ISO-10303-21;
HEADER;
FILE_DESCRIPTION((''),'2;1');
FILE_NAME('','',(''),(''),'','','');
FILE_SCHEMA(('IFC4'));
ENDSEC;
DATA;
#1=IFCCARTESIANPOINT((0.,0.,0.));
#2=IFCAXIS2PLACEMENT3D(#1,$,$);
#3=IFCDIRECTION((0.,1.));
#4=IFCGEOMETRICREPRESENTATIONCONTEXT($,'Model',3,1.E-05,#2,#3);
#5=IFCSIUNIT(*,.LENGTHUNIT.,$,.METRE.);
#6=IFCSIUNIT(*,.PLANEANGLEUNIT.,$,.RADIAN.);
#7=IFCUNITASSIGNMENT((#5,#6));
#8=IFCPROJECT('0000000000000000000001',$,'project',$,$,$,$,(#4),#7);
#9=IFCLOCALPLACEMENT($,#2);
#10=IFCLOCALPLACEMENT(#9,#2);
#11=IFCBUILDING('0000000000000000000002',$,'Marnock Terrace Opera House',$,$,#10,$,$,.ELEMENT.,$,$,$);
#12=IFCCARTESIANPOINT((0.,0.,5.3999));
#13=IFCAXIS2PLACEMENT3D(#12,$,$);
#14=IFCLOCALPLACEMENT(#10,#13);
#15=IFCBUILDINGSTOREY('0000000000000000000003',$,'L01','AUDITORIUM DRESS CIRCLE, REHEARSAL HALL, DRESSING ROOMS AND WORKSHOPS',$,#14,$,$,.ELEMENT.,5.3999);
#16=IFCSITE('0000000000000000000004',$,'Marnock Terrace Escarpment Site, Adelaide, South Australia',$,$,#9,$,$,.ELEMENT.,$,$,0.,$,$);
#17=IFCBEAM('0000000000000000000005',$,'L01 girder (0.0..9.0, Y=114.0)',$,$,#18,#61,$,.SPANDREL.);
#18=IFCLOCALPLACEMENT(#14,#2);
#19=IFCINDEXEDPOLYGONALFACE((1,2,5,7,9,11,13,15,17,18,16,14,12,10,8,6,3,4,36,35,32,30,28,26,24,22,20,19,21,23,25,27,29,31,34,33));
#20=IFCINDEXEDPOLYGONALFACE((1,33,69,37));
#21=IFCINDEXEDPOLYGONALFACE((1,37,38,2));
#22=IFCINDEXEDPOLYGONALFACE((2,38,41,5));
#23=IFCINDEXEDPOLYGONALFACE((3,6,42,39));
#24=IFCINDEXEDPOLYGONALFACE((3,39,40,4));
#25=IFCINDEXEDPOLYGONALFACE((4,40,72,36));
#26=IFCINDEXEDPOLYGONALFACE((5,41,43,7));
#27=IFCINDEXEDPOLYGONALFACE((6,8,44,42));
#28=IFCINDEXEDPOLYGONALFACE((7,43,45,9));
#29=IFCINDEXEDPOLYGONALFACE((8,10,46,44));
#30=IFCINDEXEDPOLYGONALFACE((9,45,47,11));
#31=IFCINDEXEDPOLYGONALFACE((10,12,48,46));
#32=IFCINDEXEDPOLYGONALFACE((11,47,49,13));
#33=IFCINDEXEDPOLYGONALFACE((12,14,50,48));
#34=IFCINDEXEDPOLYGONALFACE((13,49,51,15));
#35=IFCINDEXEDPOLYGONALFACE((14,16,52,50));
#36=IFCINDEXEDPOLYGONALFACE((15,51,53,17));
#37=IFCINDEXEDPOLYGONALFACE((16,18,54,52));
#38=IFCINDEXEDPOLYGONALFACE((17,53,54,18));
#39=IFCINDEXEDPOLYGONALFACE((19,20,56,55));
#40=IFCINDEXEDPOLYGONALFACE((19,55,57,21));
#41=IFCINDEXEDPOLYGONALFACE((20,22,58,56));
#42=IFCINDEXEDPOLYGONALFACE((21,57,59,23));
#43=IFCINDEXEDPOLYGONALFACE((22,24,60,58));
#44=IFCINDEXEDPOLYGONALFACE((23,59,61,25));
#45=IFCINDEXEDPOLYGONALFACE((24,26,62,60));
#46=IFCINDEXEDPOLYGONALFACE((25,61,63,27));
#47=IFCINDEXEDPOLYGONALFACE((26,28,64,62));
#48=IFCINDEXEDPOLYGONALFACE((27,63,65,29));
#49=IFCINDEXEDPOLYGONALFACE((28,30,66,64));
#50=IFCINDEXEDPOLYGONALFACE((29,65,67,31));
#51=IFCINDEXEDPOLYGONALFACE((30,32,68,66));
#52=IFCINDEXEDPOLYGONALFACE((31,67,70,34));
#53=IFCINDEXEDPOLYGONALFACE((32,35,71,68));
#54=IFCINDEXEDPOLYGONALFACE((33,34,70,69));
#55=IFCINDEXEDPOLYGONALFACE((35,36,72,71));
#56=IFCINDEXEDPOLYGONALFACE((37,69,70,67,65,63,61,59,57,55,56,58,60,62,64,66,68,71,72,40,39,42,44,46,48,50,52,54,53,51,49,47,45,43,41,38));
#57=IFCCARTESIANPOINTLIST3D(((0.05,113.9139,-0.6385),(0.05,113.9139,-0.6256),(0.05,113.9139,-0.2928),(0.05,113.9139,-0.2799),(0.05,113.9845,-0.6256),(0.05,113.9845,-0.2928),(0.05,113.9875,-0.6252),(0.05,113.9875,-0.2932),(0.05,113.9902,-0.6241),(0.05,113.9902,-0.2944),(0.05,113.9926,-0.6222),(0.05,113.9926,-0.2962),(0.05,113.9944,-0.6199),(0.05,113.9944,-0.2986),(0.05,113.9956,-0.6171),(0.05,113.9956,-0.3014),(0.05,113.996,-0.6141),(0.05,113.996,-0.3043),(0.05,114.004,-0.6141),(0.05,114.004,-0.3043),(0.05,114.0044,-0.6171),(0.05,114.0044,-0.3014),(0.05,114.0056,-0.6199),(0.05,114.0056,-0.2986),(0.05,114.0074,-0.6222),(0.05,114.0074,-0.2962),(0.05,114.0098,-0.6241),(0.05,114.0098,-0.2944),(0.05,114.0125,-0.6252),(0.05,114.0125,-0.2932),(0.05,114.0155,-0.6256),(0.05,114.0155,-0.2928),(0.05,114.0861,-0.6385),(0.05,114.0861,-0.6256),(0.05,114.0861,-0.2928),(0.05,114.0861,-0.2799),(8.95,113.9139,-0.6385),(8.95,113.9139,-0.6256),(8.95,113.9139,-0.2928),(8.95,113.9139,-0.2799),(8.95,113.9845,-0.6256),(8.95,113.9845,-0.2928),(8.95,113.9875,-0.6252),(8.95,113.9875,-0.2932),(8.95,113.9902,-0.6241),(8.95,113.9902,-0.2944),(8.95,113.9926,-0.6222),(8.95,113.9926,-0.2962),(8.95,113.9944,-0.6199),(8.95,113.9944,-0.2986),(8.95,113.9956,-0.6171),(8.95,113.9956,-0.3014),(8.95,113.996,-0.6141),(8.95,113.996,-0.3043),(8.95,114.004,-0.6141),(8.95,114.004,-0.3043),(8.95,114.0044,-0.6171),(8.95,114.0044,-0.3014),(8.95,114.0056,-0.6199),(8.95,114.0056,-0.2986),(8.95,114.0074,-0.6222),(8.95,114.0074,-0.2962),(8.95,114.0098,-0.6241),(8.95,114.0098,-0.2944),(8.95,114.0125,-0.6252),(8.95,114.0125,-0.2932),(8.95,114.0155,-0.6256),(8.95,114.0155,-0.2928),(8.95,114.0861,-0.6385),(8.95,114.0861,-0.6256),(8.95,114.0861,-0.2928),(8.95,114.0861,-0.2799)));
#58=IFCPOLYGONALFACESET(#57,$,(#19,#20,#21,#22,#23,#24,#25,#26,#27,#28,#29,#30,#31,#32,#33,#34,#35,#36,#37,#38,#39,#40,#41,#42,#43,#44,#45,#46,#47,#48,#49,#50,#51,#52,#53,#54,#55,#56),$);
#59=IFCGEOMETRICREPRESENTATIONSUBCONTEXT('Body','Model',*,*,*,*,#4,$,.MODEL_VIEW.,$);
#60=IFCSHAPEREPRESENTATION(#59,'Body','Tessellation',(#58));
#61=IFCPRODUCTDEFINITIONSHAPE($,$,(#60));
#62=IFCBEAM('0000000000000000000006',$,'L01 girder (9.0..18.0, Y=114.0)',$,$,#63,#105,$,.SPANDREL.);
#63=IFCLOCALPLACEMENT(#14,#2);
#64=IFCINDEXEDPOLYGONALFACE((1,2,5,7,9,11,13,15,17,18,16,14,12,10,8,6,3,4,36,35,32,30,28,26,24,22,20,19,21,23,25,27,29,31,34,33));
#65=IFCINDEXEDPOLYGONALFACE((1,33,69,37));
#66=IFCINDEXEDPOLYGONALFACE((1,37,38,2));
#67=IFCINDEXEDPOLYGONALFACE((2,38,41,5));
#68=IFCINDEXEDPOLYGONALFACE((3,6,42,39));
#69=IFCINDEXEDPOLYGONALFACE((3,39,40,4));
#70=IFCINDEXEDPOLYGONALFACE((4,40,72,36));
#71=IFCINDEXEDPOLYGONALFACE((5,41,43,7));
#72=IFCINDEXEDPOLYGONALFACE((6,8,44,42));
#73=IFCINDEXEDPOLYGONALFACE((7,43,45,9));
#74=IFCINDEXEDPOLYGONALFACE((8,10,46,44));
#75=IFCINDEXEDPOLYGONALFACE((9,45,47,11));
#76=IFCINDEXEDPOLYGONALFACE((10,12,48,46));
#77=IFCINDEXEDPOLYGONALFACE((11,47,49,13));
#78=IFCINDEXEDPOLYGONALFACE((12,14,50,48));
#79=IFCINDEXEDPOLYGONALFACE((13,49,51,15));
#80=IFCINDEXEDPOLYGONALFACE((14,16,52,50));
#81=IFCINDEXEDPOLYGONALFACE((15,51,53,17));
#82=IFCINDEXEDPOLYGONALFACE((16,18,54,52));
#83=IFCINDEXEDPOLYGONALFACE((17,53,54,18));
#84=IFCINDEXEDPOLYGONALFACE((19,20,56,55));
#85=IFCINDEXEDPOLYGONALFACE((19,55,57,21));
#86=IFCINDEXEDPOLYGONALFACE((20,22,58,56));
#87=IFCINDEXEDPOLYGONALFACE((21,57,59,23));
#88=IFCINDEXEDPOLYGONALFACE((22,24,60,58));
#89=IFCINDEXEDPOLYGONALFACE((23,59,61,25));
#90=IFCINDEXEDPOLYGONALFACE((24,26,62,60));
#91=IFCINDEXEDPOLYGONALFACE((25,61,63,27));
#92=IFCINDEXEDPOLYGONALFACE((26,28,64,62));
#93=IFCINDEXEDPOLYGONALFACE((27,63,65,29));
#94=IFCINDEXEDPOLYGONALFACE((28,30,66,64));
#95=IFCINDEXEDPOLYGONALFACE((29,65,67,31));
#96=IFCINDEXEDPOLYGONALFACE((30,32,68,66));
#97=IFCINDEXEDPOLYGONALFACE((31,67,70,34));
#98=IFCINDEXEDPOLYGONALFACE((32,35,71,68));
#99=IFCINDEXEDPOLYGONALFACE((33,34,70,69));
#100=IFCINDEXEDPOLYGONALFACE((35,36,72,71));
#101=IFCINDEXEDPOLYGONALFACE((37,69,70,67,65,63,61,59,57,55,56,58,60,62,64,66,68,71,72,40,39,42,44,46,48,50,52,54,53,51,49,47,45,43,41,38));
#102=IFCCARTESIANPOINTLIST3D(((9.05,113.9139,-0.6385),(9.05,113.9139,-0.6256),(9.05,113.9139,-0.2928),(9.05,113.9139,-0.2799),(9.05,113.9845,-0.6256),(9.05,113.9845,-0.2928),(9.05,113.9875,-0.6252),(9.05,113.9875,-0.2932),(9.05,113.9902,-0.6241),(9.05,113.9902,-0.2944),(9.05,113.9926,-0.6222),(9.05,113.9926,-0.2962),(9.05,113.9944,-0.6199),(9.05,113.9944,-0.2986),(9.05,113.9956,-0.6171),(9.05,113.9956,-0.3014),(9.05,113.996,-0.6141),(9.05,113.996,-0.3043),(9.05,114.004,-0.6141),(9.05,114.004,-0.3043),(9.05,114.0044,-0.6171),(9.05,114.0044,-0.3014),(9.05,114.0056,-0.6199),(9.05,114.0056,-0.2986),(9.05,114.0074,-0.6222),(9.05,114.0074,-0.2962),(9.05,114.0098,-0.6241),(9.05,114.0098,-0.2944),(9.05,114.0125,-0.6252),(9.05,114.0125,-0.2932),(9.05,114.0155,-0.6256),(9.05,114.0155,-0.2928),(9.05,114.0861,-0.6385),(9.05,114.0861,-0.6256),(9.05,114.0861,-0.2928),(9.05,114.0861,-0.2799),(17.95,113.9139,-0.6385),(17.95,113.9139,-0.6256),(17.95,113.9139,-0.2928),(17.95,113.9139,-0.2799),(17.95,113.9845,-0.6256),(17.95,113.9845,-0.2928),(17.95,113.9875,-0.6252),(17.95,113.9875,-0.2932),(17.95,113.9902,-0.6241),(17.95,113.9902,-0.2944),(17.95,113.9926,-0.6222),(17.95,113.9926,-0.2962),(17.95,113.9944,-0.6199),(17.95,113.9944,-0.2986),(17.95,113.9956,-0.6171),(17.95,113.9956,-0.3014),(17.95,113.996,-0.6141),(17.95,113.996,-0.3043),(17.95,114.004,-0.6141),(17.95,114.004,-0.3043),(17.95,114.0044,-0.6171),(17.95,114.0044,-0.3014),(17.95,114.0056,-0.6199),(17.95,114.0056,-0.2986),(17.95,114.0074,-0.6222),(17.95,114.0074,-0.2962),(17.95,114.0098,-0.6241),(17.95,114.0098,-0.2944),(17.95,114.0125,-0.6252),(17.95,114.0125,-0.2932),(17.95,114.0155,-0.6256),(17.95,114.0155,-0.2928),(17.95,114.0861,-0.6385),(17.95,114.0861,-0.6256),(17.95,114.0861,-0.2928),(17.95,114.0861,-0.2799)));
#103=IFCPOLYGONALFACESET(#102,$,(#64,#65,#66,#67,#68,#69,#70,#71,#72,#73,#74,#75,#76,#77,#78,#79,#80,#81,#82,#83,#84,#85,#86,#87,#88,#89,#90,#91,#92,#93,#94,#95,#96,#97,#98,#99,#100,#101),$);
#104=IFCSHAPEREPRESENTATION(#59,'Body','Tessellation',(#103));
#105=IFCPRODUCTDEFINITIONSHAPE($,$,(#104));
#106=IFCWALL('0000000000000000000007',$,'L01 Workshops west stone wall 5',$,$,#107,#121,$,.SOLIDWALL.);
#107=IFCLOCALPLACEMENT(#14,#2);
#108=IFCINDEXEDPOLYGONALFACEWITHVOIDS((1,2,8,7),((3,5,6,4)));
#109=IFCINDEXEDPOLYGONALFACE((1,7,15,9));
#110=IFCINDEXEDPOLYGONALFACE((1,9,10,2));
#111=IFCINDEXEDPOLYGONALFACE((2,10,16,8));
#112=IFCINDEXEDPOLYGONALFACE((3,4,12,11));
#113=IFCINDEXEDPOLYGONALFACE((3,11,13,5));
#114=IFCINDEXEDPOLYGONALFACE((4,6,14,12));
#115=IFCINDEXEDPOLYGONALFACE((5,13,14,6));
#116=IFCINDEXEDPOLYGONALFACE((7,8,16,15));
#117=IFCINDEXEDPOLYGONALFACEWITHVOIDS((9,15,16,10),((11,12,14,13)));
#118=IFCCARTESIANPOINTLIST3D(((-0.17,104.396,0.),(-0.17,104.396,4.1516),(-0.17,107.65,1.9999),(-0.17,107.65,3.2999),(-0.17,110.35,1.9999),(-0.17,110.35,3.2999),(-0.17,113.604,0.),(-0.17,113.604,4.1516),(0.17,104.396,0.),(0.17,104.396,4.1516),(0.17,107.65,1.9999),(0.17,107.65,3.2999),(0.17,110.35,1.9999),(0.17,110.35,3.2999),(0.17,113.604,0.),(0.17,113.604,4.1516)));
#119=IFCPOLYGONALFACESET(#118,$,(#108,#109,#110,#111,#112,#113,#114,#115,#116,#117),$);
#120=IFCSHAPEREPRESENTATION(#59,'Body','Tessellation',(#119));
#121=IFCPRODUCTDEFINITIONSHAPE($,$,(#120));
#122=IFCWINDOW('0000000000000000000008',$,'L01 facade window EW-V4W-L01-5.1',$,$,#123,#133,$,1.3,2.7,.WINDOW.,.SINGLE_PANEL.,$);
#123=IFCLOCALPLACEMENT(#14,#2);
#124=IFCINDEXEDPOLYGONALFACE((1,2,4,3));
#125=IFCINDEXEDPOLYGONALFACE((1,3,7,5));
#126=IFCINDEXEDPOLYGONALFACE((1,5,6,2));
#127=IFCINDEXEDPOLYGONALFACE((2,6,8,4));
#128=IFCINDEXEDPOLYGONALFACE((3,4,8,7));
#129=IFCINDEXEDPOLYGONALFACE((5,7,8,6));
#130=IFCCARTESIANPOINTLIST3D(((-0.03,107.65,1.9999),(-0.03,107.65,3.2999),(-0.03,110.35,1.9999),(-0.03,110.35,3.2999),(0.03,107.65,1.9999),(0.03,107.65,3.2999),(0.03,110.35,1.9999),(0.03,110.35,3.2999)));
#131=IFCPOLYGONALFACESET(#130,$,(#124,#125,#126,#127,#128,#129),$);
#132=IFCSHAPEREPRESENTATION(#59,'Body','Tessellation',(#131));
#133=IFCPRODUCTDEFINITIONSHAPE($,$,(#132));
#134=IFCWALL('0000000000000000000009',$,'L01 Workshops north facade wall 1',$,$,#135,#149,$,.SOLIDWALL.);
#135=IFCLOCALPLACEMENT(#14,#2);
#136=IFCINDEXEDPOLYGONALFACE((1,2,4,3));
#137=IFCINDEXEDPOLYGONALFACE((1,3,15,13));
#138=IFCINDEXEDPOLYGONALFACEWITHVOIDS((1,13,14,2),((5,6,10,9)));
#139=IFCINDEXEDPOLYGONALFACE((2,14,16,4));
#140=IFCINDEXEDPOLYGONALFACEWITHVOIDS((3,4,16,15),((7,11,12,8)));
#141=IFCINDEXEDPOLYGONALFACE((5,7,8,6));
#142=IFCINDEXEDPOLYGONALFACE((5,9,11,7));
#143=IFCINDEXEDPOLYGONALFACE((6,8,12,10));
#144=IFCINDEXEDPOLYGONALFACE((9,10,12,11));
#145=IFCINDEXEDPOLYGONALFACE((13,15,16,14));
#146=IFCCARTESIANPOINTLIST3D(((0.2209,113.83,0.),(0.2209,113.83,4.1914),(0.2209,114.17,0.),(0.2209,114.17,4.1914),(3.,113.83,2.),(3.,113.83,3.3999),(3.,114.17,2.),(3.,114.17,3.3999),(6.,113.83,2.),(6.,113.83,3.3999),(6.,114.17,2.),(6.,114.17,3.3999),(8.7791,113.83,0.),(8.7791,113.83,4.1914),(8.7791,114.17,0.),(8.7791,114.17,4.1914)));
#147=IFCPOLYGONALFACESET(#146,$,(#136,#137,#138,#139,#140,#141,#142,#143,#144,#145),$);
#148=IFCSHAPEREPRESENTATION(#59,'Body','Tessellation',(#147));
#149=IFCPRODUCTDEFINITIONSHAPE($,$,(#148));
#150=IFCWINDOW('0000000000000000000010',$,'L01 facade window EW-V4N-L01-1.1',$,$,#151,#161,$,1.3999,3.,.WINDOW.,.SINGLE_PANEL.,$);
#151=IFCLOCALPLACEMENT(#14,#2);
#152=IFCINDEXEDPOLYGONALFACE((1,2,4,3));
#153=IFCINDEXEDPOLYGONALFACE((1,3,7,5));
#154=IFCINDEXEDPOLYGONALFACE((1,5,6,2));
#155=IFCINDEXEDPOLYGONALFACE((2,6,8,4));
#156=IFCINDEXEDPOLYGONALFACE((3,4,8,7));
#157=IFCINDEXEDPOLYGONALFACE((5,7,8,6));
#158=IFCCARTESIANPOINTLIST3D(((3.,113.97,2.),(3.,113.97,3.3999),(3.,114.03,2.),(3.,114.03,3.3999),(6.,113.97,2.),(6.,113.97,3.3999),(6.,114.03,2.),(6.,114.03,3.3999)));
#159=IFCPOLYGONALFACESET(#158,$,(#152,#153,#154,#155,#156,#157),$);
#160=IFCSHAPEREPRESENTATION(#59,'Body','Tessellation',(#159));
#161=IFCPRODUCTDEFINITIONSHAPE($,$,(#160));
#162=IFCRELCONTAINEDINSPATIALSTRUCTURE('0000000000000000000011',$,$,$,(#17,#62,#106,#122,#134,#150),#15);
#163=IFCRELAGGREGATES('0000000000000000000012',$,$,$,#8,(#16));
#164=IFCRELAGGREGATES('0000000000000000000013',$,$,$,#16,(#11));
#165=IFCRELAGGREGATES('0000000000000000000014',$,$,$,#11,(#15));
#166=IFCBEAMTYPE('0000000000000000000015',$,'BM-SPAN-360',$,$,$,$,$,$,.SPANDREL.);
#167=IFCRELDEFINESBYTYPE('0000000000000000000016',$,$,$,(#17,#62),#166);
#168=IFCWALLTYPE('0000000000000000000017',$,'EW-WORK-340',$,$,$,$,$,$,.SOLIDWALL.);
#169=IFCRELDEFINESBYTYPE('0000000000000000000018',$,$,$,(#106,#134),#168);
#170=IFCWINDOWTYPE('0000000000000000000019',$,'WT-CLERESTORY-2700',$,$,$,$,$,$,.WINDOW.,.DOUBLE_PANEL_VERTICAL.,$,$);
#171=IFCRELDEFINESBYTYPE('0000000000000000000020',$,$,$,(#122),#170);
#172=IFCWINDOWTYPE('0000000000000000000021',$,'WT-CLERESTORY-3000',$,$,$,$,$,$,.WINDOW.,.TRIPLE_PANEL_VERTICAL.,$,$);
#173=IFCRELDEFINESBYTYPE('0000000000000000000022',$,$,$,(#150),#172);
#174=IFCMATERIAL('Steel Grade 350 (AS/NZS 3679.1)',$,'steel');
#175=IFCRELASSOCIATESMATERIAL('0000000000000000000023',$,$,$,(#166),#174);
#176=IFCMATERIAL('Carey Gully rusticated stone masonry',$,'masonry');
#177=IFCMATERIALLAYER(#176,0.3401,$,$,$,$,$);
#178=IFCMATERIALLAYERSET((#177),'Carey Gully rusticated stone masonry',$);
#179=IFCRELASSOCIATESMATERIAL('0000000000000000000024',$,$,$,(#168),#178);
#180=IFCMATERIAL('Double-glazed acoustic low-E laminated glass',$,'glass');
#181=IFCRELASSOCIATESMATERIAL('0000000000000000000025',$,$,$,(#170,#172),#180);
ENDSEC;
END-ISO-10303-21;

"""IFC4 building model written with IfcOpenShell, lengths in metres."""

from ifc_helpers import new_model, si_unit, direction, frame, frame_2d, origin, origin_2d, place, context, subcontext, project, spatial, rectangle, i_section, extrude, material, layer, layer_set, material_profile, profile_set, type_object, element, fill, save


model = new_model("IFC4")

# Units and contexts
model_context = context("Model", 3, precision=1e-05, world=origin(), true_north=direction((0.0, 1.0)))
body_context = subcontext(model_context, "Body", "Model", "MODEL_VIEW")
ifc_project = project(units=[si_unit("LENGTHUNIT", "METRE"), si_unit("PLANEANGLEUNIT", "RADIAN")], contexts=[model_context])

# Site, building, storey
site_placement = place(None, origin())
site = spatial("IfcSite", under=ifc_project, at=site_placement, Name="Marnock Terrace Escarpment Site, Adelaide, South Australia", CompositionType="ELEMENT", RefElevation=0.0)
building_placement = place(site_placement, origin())
building = spatial("IfcBuilding", under=site, at=building_placement, Name="Marnock Terrace Opera House", CompositionType="ELEMENT")
storey_placement = place(building_placement, frame((0.0, 0.0, 5.3999)))
storey = spatial("IfcBuildingStorey", under=building, at=storey_placement, Name="L01", Description="AUDITORIUM DRESS CIRCLE, REHEARSAL HALL, DRESSING ROOMS AND WORKSHOPS", CompositionType="ELEMENT", Elevation=5.3999)

# Beams
ifc_material_1 = material(Name="Steel Grade 350 (AS/NZS 3679.1)", Category="steel")
ifc_material_profile_1 = material_profile(ifc_material_1, i_section(OverallWidth=0.1721, OverallDepth=0.3586, WebThickness=0.0081, FlangeThickness=0.0129, FilletRadius=0.0115, at=origin_2d()))
ifc_profile_set_1 = profile_set([ifc_material_profile_1], Name="Steel Grade 350 (AS/NZS 3679.1)")
beam_type_1 = type_object("IfcBeamType", Name="BM-SPAN-360", PredefinedType="SPANDREL", material=ifc_profile_set_1)
for number, where, z_axis, x_axis, name in (
    (1, (0.05, 114.0, -0.4592), (1.0, 0.0, 0.0), (0.0, 1.0, 0.0), "L01 girder (0.0..9.0, Y=114.0)"),
    (2, (9.05, 114.0, -0.4592), (1.0, 0.0, 0.0), (0.0, 1.0, 0.0), "L01 girder (9.0..18.0, Y=114.0)"),
):
    element("IfcBeam", number, at=place(storey_placement, frame(where, z_axis=z_axis, x_axis=x_axis)), inside=storey, type_object=beam_type_1, Name=name, PredefinedType="SPANDREL", context=body_context, shape_type="SweptSolid", body=[
        extrude(i_section(OverallWidth=0.1721, OverallDepth=0.3586, WebThickness=0.0081, FlangeThickness=0.0129, FilletRadius=0.0115, at=origin_2d()), origin(), (0.0, 0.0, 1.0), 8.8999),
    ])

# Walls, openings, windows
ifc_material_2 = material(Name="Carey Gully rusticated stone masonry", Category="masonry")
ifc_layer_1 = layer(ifc_material_2, 0.3401)
ifc_layer_set_1 = layer_set([ifc_layer_1], Name="Carey Gully rusticated stone masonry")
wall_type = type_object("IfcWallType", Name="EW-WORK-340", PredefinedType="SOLIDWALL", material=ifc_layer_set_1)
wall_1_placement = place(storey_placement, frame((0.0, 104.396, 0.0), z_axis=(0.0, 0.0, 1.0), x_axis=(0.0, 1.0, 0.0)))
wall_1 = element("IfcWall", 3, at=wall_1_placement, inside=storey, type_object=wall_type, Name="L01 Workshops west stone wall 5", PredefinedType="SOLIDWALL", context=body_context, shape_type="SweptSolid", body=[
    extrude(rectangle(XDim=9.208, YDim=0.3401, at=frame_2d((4.604, 0.0))), origin(), (0.0, 0.0, 1.0), 4.1516),
])
opening_1_placement = place(wall_1_placement, frame((3.2539, 0.0, 2.0)))
opening_1 = element("IfcOpeningElement", 4, at=opening_1_placement, cuts=wall_1, PredefinedType="OPENING", context=body_context, shape_type="SweptSolid", body=[
    extrude(rectangle(XDim=2.7, YDim=1.3, at=frame_2d((1.3501, 0.6499))), frame((0.0, 0.1799, 0.0), z_axis=(0.0, -1.0, 0.0), x_axis=(1.0, 0.0, 0.0)), (0.0, 0.0, 1.0), 0.3601),
])
ifc_material_3 = material(Name="Double-glazed acoustic low-E laminated glass", Category="glass")
window_type_1 = type_object("IfcWindowType", Name="WT-CLERESTORY-2700", PartitioningType="DOUBLE_PANEL_VERTICAL", PredefinedType="WINDOW", material=ifc_material_3)
window_1_placement = place(opening_1_placement, origin())
window_1 = element("IfcWindow", 5, at=window_1_placement, inside=storey, type_object=window_type_1, Name="L01 facade window EW-V4W-L01-5.1", OverallHeight=1.3, OverallWidth=2.7, PartitioningType="SINGLE_PANEL", PredefinedType="WINDOW", context=body_context, shape_type="SweptSolid", body=[
    extrude(rectangle(XDim=2.7, YDim=1.3, at=frame_2d((1.3501, 0.6499))), frame((0.0, 0.03, 0.0), z_axis=(0.0, -1.0, 0.0), x_axis=(1.0, 0.0, 0.0)), (0.0, 0.0, 1.0), 0.0601),
])
fill(opening_1, window_1)
wall_2_placement = place(storey_placement, frame((0.2209, 114.0, 0.0), z_axis=(0.0, 0.0, 1.0), x_axis=(1.0, 0.0, 0.0)))
wall_2 = element("IfcWall", 6, at=wall_2_placement, inside=storey, type_object=wall_type, Name="L01 Workshops north facade wall 1", PredefinedType="SOLIDWALL", context=body_context, shape_type="SweptSolid", body=[
    extrude(rectangle(XDim=8.5581, YDim=0.3401, at=frame_2d((4.2791, 0.0))), origin(), (0.0, 0.0, 1.0), 4.1914),
])
opening_2_placement = place(wall_2_placement, frame((2.7791, 0.0, 2.0)))
opening_2 = element("IfcOpeningElement", 7, at=opening_2_placement, cuts=wall_2, PredefinedType="OPENING", context=body_context, shape_type="SweptSolid", body=[
    extrude(rectangle(XDim=3.0, YDim=1.3999, at=frame_2d((1.5, 0.7))), frame((0.0, 0.1799, 0.0), z_axis=(0.0, -1.0, 0.0), x_axis=(1.0, 0.0, 0.0)), (0.0, 0.0, 1.0), 0.3601),
])
window_type_2 = type_object("IfcWindowType", Name="WT-CLERESTORY-3000", PartitioningType="TRIPLE_PANEL_VERTICAL", PredefinedType="WINDOW", material=ifc_material_3)
window_2_placement = place(opening_2_placement, origin())
window_2 = element("IfcWindow", 8, at=window_2_placement, inside=storey, type_object=window_type_2, Name="L01 facade window EW-V4N-L01-1.1", OverallHeight=1.3999, OverallWidth=3.0, PartitioningType="SINGLE_PANEL", PredefinedType="WINDOW", context=body_context, shape_type="SweptSolid", body=[
    extrude(rectangle(XDim=3.0, YDim=1.3999, at=frame_2d((1.5, 0.7))), frame((0.0, 0.03, 0.0), z_axis=(0.0, -1.0, 0.0), x_axis=(1.0, 0.0, 0.0)), (0.0, 0.0, 1.0), 0.0601),
])
fill(opening_2, window_2)

save(model, "model.ifc")
